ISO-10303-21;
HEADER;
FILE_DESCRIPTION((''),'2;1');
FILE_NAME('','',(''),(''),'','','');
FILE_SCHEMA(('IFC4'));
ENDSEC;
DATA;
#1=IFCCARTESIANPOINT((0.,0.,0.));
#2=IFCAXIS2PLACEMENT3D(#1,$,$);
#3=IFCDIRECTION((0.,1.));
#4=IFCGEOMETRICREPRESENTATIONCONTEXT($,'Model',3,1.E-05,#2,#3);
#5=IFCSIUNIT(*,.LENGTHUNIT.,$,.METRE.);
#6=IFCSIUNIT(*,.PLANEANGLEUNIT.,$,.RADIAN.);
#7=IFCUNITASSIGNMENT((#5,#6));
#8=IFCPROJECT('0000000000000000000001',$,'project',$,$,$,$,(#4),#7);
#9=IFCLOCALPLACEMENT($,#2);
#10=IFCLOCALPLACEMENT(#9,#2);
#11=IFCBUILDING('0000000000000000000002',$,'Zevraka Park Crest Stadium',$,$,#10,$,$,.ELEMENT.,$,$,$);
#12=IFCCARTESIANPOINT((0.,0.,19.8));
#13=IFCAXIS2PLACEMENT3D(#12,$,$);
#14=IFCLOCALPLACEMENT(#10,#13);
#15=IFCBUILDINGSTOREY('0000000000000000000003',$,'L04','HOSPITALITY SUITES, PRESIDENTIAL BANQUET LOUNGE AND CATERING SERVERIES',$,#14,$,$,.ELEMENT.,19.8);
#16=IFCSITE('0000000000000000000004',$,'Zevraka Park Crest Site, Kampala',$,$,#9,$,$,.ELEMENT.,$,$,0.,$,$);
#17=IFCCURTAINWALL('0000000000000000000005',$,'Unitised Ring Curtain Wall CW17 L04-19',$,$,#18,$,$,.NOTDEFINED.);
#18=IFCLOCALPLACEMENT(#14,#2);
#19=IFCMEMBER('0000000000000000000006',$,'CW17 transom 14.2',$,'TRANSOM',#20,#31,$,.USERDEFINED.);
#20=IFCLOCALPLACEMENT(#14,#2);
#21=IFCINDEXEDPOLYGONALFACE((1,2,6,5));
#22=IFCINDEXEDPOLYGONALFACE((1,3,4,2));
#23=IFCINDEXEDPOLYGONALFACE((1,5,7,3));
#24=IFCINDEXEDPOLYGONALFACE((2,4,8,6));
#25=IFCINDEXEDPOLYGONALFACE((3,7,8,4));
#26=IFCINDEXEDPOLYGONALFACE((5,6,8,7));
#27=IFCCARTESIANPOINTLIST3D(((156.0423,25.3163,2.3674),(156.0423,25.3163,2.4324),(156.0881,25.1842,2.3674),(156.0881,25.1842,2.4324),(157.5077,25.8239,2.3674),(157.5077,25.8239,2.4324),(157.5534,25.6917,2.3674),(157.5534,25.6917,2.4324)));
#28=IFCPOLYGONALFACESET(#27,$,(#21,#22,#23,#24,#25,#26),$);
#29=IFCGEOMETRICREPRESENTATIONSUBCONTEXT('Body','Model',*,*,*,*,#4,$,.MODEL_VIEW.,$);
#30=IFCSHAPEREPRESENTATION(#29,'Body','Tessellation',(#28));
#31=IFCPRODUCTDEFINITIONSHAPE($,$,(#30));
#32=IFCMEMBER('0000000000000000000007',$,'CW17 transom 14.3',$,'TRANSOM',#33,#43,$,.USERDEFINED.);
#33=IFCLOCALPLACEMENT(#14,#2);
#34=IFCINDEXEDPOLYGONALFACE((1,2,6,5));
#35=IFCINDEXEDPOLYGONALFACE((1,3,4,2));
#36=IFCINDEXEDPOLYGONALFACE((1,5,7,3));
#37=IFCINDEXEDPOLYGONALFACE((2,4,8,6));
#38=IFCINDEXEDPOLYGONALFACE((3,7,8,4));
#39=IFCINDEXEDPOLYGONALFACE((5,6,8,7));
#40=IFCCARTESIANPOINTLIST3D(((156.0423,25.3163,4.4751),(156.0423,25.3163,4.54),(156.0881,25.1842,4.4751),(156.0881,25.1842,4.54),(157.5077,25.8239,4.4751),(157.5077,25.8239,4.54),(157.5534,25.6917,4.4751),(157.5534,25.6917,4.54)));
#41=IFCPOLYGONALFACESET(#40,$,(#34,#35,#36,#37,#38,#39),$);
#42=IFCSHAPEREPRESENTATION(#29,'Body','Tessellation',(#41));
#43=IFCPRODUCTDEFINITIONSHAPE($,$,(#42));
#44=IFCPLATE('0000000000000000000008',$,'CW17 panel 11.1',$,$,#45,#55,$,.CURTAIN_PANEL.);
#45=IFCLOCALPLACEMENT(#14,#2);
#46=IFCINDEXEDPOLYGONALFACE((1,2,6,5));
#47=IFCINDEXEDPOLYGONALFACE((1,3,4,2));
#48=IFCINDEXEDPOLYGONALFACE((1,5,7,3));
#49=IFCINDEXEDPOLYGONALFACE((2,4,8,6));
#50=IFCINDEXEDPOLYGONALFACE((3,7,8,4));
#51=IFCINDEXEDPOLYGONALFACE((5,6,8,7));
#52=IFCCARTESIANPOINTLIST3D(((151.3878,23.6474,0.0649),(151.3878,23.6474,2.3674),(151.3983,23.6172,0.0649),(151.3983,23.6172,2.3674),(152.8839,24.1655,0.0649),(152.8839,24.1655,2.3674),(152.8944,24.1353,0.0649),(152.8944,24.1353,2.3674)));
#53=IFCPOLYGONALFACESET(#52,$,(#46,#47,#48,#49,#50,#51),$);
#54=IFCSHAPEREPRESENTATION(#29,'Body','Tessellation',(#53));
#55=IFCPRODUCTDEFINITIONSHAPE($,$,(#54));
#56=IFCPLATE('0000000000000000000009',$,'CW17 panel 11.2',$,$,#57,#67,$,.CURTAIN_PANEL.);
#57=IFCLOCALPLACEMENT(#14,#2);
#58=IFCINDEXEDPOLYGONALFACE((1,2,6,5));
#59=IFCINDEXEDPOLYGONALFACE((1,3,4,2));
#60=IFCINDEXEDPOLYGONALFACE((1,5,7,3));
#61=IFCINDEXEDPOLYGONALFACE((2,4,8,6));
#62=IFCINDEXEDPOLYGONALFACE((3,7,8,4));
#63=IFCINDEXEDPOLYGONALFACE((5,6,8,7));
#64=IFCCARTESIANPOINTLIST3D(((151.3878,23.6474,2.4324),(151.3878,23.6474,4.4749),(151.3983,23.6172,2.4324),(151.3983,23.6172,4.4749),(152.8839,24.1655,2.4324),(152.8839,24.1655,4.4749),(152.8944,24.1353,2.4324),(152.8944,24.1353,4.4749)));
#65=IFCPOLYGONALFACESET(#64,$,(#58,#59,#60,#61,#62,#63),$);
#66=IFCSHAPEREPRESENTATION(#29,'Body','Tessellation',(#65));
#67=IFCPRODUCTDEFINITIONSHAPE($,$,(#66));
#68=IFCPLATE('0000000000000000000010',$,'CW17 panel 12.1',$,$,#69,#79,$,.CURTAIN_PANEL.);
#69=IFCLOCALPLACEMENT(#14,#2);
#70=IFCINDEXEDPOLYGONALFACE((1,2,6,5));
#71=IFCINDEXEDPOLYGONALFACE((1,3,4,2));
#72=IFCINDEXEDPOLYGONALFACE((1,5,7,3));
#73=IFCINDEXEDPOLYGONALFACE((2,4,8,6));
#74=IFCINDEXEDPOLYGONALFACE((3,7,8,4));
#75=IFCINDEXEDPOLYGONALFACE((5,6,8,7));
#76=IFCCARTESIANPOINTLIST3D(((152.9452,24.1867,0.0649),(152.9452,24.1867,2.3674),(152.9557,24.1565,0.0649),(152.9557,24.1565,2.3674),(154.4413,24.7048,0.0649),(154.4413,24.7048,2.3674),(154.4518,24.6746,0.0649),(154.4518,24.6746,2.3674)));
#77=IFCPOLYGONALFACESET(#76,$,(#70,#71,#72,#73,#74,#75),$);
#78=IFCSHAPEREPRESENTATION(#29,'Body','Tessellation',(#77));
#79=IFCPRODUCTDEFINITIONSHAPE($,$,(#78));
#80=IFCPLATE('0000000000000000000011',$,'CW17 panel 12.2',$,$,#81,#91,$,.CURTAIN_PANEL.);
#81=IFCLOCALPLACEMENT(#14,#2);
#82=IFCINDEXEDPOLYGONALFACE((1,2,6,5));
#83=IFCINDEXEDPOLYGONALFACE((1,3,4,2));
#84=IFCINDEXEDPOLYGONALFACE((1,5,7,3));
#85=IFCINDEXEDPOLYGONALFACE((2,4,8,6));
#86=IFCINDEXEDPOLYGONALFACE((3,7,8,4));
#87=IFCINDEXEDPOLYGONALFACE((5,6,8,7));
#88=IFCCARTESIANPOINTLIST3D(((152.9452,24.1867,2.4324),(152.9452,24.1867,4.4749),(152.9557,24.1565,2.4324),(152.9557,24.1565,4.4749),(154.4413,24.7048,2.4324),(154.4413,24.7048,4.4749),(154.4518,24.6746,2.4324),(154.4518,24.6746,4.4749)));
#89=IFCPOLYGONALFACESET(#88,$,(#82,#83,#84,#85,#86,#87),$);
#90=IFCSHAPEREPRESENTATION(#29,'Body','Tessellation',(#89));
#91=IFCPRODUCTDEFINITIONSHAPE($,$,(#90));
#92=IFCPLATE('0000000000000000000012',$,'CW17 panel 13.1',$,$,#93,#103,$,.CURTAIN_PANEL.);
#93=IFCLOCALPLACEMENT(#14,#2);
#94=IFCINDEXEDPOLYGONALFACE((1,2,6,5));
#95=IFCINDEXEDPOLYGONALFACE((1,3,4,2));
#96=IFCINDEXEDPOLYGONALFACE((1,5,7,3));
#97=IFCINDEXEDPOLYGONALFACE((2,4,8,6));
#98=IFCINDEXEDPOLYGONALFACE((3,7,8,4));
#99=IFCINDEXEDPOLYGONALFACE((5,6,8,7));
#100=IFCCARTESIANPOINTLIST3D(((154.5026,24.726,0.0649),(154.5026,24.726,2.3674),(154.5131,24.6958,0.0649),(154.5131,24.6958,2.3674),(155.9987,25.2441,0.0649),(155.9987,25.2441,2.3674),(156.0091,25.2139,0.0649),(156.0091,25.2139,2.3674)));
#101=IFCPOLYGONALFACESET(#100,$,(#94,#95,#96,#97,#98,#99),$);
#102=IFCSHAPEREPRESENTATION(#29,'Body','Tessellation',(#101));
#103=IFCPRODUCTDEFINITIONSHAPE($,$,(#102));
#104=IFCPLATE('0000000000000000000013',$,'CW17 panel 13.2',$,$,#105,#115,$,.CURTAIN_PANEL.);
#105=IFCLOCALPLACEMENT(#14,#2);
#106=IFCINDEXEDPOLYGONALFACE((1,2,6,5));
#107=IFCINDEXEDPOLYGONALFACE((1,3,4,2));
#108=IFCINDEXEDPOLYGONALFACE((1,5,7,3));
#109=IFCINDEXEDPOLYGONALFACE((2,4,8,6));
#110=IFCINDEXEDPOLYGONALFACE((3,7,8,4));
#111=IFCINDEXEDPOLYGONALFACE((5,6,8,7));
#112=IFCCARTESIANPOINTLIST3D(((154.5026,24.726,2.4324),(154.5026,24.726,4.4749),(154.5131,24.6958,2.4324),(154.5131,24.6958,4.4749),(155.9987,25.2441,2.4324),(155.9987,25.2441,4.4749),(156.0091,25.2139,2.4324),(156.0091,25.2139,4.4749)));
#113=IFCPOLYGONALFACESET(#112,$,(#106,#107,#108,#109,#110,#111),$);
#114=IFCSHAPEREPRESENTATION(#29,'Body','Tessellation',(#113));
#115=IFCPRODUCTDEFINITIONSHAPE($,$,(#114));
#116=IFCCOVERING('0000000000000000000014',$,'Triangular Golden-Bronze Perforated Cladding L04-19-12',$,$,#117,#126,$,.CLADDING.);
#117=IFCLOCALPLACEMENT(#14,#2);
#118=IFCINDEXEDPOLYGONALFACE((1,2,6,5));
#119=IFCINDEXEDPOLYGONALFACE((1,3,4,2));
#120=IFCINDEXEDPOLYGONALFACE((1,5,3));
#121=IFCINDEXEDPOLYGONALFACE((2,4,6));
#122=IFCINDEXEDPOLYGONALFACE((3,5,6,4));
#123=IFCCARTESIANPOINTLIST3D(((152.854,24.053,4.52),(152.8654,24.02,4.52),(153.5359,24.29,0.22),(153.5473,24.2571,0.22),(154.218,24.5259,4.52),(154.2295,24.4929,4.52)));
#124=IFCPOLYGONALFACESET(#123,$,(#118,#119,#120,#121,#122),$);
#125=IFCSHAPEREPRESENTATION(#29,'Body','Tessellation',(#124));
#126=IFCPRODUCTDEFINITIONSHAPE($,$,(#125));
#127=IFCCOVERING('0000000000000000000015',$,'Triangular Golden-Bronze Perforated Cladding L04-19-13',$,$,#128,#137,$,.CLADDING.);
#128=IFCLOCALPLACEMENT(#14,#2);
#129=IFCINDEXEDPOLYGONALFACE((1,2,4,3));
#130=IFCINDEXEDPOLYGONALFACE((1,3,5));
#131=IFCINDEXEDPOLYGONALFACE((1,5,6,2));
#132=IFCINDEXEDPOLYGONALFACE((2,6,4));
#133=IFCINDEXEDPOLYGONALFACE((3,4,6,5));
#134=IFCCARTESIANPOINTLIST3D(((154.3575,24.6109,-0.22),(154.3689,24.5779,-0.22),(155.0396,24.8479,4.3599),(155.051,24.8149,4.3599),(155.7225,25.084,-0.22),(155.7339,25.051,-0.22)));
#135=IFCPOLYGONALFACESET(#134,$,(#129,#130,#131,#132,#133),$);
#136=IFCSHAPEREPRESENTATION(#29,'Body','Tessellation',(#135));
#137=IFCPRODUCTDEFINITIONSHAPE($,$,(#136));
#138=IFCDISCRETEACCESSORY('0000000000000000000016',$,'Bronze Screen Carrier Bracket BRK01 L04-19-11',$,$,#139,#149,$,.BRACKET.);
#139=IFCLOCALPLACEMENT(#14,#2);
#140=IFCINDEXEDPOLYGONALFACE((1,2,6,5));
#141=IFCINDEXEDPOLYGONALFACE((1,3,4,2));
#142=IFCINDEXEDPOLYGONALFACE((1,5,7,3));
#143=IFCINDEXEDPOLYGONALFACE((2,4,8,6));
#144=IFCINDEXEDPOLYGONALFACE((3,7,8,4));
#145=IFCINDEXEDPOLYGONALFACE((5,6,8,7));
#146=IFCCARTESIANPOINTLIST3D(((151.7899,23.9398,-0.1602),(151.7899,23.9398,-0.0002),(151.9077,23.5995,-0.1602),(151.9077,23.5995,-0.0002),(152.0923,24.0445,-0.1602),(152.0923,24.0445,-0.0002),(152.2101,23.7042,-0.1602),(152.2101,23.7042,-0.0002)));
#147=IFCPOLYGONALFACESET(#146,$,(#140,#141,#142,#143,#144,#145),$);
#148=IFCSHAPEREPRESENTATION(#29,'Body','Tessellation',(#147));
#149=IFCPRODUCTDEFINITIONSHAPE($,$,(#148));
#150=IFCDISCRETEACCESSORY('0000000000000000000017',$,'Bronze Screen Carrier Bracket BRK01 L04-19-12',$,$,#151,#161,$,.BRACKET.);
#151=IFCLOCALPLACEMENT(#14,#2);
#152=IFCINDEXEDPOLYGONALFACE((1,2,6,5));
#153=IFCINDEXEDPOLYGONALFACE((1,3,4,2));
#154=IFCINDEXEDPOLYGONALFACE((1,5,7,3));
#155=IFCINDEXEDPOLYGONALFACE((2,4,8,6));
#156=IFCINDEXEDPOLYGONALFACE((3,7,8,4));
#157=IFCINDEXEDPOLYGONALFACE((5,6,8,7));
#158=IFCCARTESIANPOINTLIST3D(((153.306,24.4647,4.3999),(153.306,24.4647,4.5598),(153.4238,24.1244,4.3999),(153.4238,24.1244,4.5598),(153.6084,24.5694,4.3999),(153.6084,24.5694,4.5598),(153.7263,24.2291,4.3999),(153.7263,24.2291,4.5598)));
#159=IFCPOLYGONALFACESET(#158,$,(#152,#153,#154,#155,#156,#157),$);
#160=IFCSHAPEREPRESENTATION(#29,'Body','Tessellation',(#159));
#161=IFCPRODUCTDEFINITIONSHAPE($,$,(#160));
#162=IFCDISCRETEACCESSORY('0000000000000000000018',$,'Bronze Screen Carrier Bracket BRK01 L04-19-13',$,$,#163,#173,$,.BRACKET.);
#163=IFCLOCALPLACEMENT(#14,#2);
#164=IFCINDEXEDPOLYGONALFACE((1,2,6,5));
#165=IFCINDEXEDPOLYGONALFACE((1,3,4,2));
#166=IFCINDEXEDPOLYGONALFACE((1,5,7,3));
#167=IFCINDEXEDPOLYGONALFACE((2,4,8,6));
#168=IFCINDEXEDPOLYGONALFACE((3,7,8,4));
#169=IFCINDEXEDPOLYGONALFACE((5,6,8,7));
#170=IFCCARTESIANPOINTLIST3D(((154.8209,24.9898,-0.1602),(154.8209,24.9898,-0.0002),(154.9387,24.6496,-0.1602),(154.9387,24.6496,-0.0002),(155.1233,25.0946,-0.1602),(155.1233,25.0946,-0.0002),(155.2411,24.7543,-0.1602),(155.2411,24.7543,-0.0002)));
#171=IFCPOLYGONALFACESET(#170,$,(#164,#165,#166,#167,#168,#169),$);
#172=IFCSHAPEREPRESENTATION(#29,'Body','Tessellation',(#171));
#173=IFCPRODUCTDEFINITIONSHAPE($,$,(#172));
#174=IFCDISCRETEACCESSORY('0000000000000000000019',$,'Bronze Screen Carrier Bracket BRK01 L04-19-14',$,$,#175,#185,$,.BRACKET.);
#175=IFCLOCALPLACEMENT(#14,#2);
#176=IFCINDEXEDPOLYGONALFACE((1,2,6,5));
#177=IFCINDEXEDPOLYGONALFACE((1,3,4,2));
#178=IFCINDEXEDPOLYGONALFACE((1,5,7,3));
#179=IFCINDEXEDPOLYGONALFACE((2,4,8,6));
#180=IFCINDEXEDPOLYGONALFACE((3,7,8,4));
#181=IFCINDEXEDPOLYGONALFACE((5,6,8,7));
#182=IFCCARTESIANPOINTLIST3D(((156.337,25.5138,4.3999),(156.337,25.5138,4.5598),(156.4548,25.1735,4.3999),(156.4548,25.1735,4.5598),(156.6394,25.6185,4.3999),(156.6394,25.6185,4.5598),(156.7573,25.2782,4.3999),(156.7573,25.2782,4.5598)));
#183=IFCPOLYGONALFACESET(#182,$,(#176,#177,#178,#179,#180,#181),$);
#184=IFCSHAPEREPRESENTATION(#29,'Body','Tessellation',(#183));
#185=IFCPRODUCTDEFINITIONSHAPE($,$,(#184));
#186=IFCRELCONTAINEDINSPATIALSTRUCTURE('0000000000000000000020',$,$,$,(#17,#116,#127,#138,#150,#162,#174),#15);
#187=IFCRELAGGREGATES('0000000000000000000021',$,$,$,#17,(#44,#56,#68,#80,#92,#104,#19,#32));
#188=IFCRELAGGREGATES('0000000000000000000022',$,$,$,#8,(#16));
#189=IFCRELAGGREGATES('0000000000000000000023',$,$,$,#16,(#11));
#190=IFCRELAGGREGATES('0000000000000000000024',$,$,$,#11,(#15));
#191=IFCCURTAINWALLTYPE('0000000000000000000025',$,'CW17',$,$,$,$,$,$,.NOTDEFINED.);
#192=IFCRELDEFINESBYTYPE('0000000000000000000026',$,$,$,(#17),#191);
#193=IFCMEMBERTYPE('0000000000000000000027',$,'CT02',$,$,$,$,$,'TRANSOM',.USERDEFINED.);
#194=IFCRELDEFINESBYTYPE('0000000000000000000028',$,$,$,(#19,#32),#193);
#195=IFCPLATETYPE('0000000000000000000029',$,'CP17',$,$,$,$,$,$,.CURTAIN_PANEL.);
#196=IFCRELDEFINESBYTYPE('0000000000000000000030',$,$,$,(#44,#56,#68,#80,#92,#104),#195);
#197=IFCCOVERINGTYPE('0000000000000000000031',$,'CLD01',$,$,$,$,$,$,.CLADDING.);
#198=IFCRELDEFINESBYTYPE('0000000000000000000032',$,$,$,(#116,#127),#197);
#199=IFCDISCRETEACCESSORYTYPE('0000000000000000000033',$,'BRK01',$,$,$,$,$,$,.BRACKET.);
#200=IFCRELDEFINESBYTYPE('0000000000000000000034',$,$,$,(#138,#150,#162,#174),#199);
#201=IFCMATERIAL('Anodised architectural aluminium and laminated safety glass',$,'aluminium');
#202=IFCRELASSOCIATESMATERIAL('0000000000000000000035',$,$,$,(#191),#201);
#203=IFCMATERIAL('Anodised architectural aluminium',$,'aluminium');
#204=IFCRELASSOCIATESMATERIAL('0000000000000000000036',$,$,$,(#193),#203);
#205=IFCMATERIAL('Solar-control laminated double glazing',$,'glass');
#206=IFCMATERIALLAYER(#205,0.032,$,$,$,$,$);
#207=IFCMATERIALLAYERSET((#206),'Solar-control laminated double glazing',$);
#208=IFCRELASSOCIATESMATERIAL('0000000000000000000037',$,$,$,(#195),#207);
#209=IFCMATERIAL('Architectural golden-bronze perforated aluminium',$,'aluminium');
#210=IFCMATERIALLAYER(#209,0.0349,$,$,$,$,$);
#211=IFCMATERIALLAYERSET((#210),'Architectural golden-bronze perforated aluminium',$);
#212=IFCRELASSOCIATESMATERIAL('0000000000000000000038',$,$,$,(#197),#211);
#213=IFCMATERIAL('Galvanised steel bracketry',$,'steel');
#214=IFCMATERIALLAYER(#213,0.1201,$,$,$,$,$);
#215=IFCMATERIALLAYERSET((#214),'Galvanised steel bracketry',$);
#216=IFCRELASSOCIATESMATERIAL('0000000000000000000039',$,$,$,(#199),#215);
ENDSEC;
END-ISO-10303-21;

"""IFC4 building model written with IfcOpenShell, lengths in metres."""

from ifc_helpers import new_model, si_unit, direction, frame, origin, origin_2d, place, context, subcontext, project, spatial, polyline, rectangle, outline, extrude, material, layer, layer_set, material_profile, profile_set, type_object, element, aggregate, save


model = new_model("IFC4")

# Units and contexts
model_context = context("Model", 3, precision=1e-05, world=origin(), true_north=direction((0.0, 1.0)))
body_context = subcontext(model_context, "Body", "Model", "MODEL_VIEW")
ifc_project = project(units=[si_unit("LENGTHUNIT", "METRE"), si_unit("PLANEANGLEUNIT", "RADIAN")], contexts=[model_context])

# Site, building, storey
site_placement = place(None, origin())
site = spatial("IfcSite", under=ifc_project, at=site_placement, Name="Zevraka Park Crest Site, Kampala", CompositionType="ELEMENT", RefElevation=0.0)
building_placement = place(site_placement, origin())
building = spatial("IfcBuilding", under=site, at=building_placement, Name="Zevraka Park Crest Stadium", CompositionType="ELEMENT")
storey_placement = place(building_placement, frame((0.0, 0.0, 19.8)))
storey = spatial("IfcBuildingStorey", under=building, at=storey_placement, Name="L04", Description="HOSPITALITY SUITES, PRESIDENTIAL BANQUET LOUNGE AND CATERING SERVERIES", CompositionType="ELEMENT", Elevation=19.8)

# Curtain wall, members, plates
ifc_material_1 = material(Name="Anodised architectural aluminium and laminated safety glass", Category="aluminium")
curtain_wall_type = type_object("IfcCurtainWallType", Name="CW17", PredefinedType="NOTDEFINED", material=ifc_material_1)
curtain_wall_placement = place(storey_placement, origin())
curtain_wall = element("IfcCurtainWall", 1, at=curtain_wall_placement, inside=storey, type_object=curtain_wall_type, Name="Unitised Ring Curtain Wall CW17 L04-19", PredefinedType="NOTDEFINED")
ifc_material_2 = material(Name="Anodised architectural aluminium", Category="aluminium")
ifc_material_profile_1 = material_profile(ifc_material_2, rectangle(XDim=0.1399, YDim=0.0649, at=origin_2d()), Name="ALU TRANSOM 140x65")
ifc_profile_set_1 = profile_set([ifc_material_profile_1], Name="Anodised architectural aluminium")
member_type_1 = type_object("IfcMemberType", Name="CT02", ElementType="TRANSOM", PredefinedType="USERDEFINED", material=ifc_profile_set_1)
member_1_placement = place(storey_placement, frame((156.0652, 25.2502, 2.3999), z_axis=(0.944919, 0.327305, 0.0), x_axis=(-0.327305, 0.944919, 0.0)))
member_1 = element("IfcMember", 2, at=member_1_placement, type_object=member_type_1, Name="CW17 transom 14.2", ObjectType="TRANSOM", PredefinedType="USERDEFINED", context=body_context, shape_type="SweptSolid", body=[
    extrude(rectangle(XDim=0.1399, YDim=0.0649, at=origin_2d()), origin(), (0.0, 0.0, 1.0), 1.5508),
])
member_2_placement = place(storey_placement, frame((156.0652, 25.2502, 4.5076), z_axis=(0.944919, 0.327305, 0.0), x_axis=(-0.327305, 0.944919, 0.0)))
member_2 = element("IfcMember", 3, at=member_2_placement, type_object=member_type_1, Name="CW17 transom 14.3", ObjectType="TRANSOM", PredefinedType="USERDEFINED", context=body_context, shape_type="SweptSolid", body=[
    extrude(rectangle(XDim=0.1399, YDim=0.0649, at=origin_2d()), origin(), (0.0, 0.0, 1.0), 1.5508),
])
ifc_material_3 = material(Name="Solar-control laminated double glazing", Category="glass")
ifc_layer_1 = layer(ifc_material_3, 0.032)
ifc_layer_set_1 = layer_set([ifc_layer_1], Name="Solar-control laminated double glazing")
plate_type = type_object("IfcPlateType", Name="CP17", PredefinedType="CURTAIN_PANEL", material=ifc_layer_set_1)
plate_1_placement = place(storey_placement, frame((152.1411, 23.8914, 0.0649), z_axis=(0.0, 0.0, 1.0), x_axis=(0.94494, 0.327245, 0.0)))
plate_1 = element("IfcPlate", 4, at=plate_1_placement, type_object=plate_type, Name="CW17 panel 11.1", PredefinedType="CURTAIN_PANEL", context=body_context, shape_type="SweptSolid", body=[
    extrude(rectangle(XDim=1.5833, YDim=0.032, at=origin_2d()), origin(), (0.0, 0.0, 1.0), 2.3025),
])
plate_2_placement = place(storey_placement, frame((152.1411, 23.8914, 2.4324), z_axis=(0.0, 0.0, 1.0), x_axis=(0.94494, 0.327245, 0.0)))
plate_2 = element("IfcPlate", 5, at=plate_2_placement, type_object=plate_type, Name="CW17 panel 11.2", PredefinedType="CURTAIN_PANEL", context=body_context, shape_type="SweptSolid", body=[
    extrude(rectangle(XDim=1.5833, YDim=0.032, at=origin_2d()), origin(), (0.0, 0.0, 1.0), 2.0425),
])
plate_3_placement = place(storey_placement, frame((153.6985, 24.4307, 0.0649), z_axis=(0.0, 0.0, 1.0), x_axis=(0.94494, 0.327245, 0.0)))
plate_3 = element("IfcPlate", 6, at=plate_3_placement, type_object=plate_type, Name="CW17 panel 12.1", PredefinedType="CURTAIN_PANEL", context=body_context, shape_type="SweptSolid", body=[
    extrude(rectangle(XDim=1.5833, YDim=0.032, at=origin_2d()), origin(), (0.0, 0.0, 1.0), 2.3025),
])
plate_4_placement = place(storey_placement, frame((153.6985, 24.4307, 2.4324), z_axis=(0.0, 0.0, 1.0), x_axis=(0.94494, 0.327245, 0.0)))
plate_4 = element("IfcPlate", 7, at=plate_4_placement, type_object=plate_type, Name="CW17 panel 12.2", PredefinedType="CURTAIN_PANEL", context=body_context, shape_type="SweptSolid", body=[
    extrude(rectangle(XDim=1.5833, YDim=0.032, at=origin_2d()), origin(), (0.0, 0.0, 1.0), 2.0425),
])
plate_5_placement = place(storey_placement, frame((155.2559, 24.97, 0.0649), z_axis=(0.0, 0.0, 1.0), x_axis=(0.94494, 0.327245, 0.0)))
plate_5 = element("IfcPlate", 8, at=plate_5_placement, type_object=plate_type, Name="CW17 panel 13.1", PredefinedType="CURTAIN_PANEL", context=body_context, shape_type="SweptSolid", body=[
    extrude(rectangle(XDim=1.5833, YDim=0.032, at=origin_2d()), origin(), (0.0, 0.0, 1.0), 2.3025),
])
plate_6_placement = place(storey_placement, frame((155.2559, 24.97, 2.4324), z_axis=(0.0, 0.0, 1.0), x_axis=(0.94494, 0.327245, 0.0)))
plate_6 = element("IfcPlate", 9, at=plate_6_placement, type_object=plate_type, Name="CW17 panel 13.2", PredefinedType="CURTAIN_PANEL", context=body_context, shape_type="SweptSolid", body=[
    extrude(rectangle(XDim=1.5833, YDim=0.032, at=origin_2d()), origin(), (0.0, 0.0, 1.0), 2.0425),
])
aggregate(curtain_wall, [plate_1, plate_2, plate_3, plate_4, plate_5, plate_6, member_1, member_2])

# Coverings
ifc_material_4 = material(Name="Architectural golden-bronze perforated aluminium", Category="aluminium")
ifc_layer_2 = layer(ifc_material_4, 0.0349)
ifc_layer_set_2 = layer_set([ifc_layer_2], Name="Architectural golden-bronze perforated aluminium")
covering_type = type_object("IfcCoveringType", Name="CLD01", PredefinedType="CLADDING", material=ifc_layer_set_2)
covering_1_placement = place(storey_placement, frame((154.218, 24.5259, 4.52), z_axis=(-0.327569, 0.944827, 0.000143), x_axis=(-0.944827, -0.327569, 0.0)))
element("IfcCovering", 10, at=covering_1_placement, inside=storey, type_object=covering_type, Name="Triangular Golden-Bronze Perforated Cladding L04-19-12", PredefinedType="CLADDING", context=body_context, shape_type="SweptSolid", body=[
    extrude(outline(polyline([(0.0, 0.0), (1.4437, 0.0), (0.7217, -4.3), (0.0, 0.0)])), origin(), (0.0, 0.0, -1.0), 0.0349),
])
covering_2_placement = place(storey_placement, frame((154.3689, 24.5779, -0.22), z_axis=(0.327511, -0.944847, 0.000127), x_axis=(0.944847, 0.327511, 0.0)))
element("IfcCovering", 11, at=covering_2_placement, inside=storey, type_object=covering_type, Name="Triangular Golden-Bronze Perforated Cladding L04-19-13", PredefinedType="CLADDING", context=body_context, shape_type="SweptSolid", body=[
    extrude(outline(polyline([(0.0, 0.0), (1.4447, 0.0), (0.7221, 4.5798), (0.0, 0.0)])), origin(), (0.0, 0.0, -1.0), 0.0349),
])

# Discrete accessories
ifc_material_5 = material(Name="Galvanised steel bracketry", Category="steel")
ifc_layer_3 = layer(ifc_material_5, 0.1201)
ifc_layer_set_3 = layer_set([ifc_layer_3], Name="Galvanised steel bracketry")
discrete_accessory_type = type_object("IfcDiscreteAccessoryType", Name="BRK01", PredefinedType="BRACKET", material=ifc_layer_set_3)
for number, where, z_axis, x_axis, name in (
    (12, (152.0, 23.822, -0.1602), (0.0, 0.0, 1.0), (0.944949, 0.327218, 0.0), "Bronze Screen Carrier Bracket BRK01 L04-19-11"),
    (13, (153.5161, 24.3469, 4.3999), (0.0, 0.0, 1.0), (0.944949, 0.327218, 0.0), "Bronze Screen Carrier Bracket BRK01 L04-19-12"),
    (14, (155.031, 24.8721, -0.1602), (0.0, 0.0, 1.0), (0.944949, 0.327218, 0.0), "Bronze Screen Carrier Bracket BRK01 L04-19-13"),
    (15, (156.5471, 25.396, 4.3999), (0.0, 0.0, 1.0), (0.944949, 0.327218, 0.0), "Bronze Screen Carrier Bracket BRK01 L04-19-14"),
):
    element("IfcDiscreteAccessory", number, at=place(storey_placement, frame(where, z_axis=z_axis, x_axis=x_axis)), inside=storey, type_object=discrete_accessory_type, Name=name, PredefinedType="BRACKET", context=body_context, shape_type="SweptSolid", body=[
        extrude(rectangle(XDim=0.3201, YDim=0.3601, at=origin_2d()), origin(), (0.0, 0.0, 1.0), 0.1599),
    ])

save(model, "model.ifc")
